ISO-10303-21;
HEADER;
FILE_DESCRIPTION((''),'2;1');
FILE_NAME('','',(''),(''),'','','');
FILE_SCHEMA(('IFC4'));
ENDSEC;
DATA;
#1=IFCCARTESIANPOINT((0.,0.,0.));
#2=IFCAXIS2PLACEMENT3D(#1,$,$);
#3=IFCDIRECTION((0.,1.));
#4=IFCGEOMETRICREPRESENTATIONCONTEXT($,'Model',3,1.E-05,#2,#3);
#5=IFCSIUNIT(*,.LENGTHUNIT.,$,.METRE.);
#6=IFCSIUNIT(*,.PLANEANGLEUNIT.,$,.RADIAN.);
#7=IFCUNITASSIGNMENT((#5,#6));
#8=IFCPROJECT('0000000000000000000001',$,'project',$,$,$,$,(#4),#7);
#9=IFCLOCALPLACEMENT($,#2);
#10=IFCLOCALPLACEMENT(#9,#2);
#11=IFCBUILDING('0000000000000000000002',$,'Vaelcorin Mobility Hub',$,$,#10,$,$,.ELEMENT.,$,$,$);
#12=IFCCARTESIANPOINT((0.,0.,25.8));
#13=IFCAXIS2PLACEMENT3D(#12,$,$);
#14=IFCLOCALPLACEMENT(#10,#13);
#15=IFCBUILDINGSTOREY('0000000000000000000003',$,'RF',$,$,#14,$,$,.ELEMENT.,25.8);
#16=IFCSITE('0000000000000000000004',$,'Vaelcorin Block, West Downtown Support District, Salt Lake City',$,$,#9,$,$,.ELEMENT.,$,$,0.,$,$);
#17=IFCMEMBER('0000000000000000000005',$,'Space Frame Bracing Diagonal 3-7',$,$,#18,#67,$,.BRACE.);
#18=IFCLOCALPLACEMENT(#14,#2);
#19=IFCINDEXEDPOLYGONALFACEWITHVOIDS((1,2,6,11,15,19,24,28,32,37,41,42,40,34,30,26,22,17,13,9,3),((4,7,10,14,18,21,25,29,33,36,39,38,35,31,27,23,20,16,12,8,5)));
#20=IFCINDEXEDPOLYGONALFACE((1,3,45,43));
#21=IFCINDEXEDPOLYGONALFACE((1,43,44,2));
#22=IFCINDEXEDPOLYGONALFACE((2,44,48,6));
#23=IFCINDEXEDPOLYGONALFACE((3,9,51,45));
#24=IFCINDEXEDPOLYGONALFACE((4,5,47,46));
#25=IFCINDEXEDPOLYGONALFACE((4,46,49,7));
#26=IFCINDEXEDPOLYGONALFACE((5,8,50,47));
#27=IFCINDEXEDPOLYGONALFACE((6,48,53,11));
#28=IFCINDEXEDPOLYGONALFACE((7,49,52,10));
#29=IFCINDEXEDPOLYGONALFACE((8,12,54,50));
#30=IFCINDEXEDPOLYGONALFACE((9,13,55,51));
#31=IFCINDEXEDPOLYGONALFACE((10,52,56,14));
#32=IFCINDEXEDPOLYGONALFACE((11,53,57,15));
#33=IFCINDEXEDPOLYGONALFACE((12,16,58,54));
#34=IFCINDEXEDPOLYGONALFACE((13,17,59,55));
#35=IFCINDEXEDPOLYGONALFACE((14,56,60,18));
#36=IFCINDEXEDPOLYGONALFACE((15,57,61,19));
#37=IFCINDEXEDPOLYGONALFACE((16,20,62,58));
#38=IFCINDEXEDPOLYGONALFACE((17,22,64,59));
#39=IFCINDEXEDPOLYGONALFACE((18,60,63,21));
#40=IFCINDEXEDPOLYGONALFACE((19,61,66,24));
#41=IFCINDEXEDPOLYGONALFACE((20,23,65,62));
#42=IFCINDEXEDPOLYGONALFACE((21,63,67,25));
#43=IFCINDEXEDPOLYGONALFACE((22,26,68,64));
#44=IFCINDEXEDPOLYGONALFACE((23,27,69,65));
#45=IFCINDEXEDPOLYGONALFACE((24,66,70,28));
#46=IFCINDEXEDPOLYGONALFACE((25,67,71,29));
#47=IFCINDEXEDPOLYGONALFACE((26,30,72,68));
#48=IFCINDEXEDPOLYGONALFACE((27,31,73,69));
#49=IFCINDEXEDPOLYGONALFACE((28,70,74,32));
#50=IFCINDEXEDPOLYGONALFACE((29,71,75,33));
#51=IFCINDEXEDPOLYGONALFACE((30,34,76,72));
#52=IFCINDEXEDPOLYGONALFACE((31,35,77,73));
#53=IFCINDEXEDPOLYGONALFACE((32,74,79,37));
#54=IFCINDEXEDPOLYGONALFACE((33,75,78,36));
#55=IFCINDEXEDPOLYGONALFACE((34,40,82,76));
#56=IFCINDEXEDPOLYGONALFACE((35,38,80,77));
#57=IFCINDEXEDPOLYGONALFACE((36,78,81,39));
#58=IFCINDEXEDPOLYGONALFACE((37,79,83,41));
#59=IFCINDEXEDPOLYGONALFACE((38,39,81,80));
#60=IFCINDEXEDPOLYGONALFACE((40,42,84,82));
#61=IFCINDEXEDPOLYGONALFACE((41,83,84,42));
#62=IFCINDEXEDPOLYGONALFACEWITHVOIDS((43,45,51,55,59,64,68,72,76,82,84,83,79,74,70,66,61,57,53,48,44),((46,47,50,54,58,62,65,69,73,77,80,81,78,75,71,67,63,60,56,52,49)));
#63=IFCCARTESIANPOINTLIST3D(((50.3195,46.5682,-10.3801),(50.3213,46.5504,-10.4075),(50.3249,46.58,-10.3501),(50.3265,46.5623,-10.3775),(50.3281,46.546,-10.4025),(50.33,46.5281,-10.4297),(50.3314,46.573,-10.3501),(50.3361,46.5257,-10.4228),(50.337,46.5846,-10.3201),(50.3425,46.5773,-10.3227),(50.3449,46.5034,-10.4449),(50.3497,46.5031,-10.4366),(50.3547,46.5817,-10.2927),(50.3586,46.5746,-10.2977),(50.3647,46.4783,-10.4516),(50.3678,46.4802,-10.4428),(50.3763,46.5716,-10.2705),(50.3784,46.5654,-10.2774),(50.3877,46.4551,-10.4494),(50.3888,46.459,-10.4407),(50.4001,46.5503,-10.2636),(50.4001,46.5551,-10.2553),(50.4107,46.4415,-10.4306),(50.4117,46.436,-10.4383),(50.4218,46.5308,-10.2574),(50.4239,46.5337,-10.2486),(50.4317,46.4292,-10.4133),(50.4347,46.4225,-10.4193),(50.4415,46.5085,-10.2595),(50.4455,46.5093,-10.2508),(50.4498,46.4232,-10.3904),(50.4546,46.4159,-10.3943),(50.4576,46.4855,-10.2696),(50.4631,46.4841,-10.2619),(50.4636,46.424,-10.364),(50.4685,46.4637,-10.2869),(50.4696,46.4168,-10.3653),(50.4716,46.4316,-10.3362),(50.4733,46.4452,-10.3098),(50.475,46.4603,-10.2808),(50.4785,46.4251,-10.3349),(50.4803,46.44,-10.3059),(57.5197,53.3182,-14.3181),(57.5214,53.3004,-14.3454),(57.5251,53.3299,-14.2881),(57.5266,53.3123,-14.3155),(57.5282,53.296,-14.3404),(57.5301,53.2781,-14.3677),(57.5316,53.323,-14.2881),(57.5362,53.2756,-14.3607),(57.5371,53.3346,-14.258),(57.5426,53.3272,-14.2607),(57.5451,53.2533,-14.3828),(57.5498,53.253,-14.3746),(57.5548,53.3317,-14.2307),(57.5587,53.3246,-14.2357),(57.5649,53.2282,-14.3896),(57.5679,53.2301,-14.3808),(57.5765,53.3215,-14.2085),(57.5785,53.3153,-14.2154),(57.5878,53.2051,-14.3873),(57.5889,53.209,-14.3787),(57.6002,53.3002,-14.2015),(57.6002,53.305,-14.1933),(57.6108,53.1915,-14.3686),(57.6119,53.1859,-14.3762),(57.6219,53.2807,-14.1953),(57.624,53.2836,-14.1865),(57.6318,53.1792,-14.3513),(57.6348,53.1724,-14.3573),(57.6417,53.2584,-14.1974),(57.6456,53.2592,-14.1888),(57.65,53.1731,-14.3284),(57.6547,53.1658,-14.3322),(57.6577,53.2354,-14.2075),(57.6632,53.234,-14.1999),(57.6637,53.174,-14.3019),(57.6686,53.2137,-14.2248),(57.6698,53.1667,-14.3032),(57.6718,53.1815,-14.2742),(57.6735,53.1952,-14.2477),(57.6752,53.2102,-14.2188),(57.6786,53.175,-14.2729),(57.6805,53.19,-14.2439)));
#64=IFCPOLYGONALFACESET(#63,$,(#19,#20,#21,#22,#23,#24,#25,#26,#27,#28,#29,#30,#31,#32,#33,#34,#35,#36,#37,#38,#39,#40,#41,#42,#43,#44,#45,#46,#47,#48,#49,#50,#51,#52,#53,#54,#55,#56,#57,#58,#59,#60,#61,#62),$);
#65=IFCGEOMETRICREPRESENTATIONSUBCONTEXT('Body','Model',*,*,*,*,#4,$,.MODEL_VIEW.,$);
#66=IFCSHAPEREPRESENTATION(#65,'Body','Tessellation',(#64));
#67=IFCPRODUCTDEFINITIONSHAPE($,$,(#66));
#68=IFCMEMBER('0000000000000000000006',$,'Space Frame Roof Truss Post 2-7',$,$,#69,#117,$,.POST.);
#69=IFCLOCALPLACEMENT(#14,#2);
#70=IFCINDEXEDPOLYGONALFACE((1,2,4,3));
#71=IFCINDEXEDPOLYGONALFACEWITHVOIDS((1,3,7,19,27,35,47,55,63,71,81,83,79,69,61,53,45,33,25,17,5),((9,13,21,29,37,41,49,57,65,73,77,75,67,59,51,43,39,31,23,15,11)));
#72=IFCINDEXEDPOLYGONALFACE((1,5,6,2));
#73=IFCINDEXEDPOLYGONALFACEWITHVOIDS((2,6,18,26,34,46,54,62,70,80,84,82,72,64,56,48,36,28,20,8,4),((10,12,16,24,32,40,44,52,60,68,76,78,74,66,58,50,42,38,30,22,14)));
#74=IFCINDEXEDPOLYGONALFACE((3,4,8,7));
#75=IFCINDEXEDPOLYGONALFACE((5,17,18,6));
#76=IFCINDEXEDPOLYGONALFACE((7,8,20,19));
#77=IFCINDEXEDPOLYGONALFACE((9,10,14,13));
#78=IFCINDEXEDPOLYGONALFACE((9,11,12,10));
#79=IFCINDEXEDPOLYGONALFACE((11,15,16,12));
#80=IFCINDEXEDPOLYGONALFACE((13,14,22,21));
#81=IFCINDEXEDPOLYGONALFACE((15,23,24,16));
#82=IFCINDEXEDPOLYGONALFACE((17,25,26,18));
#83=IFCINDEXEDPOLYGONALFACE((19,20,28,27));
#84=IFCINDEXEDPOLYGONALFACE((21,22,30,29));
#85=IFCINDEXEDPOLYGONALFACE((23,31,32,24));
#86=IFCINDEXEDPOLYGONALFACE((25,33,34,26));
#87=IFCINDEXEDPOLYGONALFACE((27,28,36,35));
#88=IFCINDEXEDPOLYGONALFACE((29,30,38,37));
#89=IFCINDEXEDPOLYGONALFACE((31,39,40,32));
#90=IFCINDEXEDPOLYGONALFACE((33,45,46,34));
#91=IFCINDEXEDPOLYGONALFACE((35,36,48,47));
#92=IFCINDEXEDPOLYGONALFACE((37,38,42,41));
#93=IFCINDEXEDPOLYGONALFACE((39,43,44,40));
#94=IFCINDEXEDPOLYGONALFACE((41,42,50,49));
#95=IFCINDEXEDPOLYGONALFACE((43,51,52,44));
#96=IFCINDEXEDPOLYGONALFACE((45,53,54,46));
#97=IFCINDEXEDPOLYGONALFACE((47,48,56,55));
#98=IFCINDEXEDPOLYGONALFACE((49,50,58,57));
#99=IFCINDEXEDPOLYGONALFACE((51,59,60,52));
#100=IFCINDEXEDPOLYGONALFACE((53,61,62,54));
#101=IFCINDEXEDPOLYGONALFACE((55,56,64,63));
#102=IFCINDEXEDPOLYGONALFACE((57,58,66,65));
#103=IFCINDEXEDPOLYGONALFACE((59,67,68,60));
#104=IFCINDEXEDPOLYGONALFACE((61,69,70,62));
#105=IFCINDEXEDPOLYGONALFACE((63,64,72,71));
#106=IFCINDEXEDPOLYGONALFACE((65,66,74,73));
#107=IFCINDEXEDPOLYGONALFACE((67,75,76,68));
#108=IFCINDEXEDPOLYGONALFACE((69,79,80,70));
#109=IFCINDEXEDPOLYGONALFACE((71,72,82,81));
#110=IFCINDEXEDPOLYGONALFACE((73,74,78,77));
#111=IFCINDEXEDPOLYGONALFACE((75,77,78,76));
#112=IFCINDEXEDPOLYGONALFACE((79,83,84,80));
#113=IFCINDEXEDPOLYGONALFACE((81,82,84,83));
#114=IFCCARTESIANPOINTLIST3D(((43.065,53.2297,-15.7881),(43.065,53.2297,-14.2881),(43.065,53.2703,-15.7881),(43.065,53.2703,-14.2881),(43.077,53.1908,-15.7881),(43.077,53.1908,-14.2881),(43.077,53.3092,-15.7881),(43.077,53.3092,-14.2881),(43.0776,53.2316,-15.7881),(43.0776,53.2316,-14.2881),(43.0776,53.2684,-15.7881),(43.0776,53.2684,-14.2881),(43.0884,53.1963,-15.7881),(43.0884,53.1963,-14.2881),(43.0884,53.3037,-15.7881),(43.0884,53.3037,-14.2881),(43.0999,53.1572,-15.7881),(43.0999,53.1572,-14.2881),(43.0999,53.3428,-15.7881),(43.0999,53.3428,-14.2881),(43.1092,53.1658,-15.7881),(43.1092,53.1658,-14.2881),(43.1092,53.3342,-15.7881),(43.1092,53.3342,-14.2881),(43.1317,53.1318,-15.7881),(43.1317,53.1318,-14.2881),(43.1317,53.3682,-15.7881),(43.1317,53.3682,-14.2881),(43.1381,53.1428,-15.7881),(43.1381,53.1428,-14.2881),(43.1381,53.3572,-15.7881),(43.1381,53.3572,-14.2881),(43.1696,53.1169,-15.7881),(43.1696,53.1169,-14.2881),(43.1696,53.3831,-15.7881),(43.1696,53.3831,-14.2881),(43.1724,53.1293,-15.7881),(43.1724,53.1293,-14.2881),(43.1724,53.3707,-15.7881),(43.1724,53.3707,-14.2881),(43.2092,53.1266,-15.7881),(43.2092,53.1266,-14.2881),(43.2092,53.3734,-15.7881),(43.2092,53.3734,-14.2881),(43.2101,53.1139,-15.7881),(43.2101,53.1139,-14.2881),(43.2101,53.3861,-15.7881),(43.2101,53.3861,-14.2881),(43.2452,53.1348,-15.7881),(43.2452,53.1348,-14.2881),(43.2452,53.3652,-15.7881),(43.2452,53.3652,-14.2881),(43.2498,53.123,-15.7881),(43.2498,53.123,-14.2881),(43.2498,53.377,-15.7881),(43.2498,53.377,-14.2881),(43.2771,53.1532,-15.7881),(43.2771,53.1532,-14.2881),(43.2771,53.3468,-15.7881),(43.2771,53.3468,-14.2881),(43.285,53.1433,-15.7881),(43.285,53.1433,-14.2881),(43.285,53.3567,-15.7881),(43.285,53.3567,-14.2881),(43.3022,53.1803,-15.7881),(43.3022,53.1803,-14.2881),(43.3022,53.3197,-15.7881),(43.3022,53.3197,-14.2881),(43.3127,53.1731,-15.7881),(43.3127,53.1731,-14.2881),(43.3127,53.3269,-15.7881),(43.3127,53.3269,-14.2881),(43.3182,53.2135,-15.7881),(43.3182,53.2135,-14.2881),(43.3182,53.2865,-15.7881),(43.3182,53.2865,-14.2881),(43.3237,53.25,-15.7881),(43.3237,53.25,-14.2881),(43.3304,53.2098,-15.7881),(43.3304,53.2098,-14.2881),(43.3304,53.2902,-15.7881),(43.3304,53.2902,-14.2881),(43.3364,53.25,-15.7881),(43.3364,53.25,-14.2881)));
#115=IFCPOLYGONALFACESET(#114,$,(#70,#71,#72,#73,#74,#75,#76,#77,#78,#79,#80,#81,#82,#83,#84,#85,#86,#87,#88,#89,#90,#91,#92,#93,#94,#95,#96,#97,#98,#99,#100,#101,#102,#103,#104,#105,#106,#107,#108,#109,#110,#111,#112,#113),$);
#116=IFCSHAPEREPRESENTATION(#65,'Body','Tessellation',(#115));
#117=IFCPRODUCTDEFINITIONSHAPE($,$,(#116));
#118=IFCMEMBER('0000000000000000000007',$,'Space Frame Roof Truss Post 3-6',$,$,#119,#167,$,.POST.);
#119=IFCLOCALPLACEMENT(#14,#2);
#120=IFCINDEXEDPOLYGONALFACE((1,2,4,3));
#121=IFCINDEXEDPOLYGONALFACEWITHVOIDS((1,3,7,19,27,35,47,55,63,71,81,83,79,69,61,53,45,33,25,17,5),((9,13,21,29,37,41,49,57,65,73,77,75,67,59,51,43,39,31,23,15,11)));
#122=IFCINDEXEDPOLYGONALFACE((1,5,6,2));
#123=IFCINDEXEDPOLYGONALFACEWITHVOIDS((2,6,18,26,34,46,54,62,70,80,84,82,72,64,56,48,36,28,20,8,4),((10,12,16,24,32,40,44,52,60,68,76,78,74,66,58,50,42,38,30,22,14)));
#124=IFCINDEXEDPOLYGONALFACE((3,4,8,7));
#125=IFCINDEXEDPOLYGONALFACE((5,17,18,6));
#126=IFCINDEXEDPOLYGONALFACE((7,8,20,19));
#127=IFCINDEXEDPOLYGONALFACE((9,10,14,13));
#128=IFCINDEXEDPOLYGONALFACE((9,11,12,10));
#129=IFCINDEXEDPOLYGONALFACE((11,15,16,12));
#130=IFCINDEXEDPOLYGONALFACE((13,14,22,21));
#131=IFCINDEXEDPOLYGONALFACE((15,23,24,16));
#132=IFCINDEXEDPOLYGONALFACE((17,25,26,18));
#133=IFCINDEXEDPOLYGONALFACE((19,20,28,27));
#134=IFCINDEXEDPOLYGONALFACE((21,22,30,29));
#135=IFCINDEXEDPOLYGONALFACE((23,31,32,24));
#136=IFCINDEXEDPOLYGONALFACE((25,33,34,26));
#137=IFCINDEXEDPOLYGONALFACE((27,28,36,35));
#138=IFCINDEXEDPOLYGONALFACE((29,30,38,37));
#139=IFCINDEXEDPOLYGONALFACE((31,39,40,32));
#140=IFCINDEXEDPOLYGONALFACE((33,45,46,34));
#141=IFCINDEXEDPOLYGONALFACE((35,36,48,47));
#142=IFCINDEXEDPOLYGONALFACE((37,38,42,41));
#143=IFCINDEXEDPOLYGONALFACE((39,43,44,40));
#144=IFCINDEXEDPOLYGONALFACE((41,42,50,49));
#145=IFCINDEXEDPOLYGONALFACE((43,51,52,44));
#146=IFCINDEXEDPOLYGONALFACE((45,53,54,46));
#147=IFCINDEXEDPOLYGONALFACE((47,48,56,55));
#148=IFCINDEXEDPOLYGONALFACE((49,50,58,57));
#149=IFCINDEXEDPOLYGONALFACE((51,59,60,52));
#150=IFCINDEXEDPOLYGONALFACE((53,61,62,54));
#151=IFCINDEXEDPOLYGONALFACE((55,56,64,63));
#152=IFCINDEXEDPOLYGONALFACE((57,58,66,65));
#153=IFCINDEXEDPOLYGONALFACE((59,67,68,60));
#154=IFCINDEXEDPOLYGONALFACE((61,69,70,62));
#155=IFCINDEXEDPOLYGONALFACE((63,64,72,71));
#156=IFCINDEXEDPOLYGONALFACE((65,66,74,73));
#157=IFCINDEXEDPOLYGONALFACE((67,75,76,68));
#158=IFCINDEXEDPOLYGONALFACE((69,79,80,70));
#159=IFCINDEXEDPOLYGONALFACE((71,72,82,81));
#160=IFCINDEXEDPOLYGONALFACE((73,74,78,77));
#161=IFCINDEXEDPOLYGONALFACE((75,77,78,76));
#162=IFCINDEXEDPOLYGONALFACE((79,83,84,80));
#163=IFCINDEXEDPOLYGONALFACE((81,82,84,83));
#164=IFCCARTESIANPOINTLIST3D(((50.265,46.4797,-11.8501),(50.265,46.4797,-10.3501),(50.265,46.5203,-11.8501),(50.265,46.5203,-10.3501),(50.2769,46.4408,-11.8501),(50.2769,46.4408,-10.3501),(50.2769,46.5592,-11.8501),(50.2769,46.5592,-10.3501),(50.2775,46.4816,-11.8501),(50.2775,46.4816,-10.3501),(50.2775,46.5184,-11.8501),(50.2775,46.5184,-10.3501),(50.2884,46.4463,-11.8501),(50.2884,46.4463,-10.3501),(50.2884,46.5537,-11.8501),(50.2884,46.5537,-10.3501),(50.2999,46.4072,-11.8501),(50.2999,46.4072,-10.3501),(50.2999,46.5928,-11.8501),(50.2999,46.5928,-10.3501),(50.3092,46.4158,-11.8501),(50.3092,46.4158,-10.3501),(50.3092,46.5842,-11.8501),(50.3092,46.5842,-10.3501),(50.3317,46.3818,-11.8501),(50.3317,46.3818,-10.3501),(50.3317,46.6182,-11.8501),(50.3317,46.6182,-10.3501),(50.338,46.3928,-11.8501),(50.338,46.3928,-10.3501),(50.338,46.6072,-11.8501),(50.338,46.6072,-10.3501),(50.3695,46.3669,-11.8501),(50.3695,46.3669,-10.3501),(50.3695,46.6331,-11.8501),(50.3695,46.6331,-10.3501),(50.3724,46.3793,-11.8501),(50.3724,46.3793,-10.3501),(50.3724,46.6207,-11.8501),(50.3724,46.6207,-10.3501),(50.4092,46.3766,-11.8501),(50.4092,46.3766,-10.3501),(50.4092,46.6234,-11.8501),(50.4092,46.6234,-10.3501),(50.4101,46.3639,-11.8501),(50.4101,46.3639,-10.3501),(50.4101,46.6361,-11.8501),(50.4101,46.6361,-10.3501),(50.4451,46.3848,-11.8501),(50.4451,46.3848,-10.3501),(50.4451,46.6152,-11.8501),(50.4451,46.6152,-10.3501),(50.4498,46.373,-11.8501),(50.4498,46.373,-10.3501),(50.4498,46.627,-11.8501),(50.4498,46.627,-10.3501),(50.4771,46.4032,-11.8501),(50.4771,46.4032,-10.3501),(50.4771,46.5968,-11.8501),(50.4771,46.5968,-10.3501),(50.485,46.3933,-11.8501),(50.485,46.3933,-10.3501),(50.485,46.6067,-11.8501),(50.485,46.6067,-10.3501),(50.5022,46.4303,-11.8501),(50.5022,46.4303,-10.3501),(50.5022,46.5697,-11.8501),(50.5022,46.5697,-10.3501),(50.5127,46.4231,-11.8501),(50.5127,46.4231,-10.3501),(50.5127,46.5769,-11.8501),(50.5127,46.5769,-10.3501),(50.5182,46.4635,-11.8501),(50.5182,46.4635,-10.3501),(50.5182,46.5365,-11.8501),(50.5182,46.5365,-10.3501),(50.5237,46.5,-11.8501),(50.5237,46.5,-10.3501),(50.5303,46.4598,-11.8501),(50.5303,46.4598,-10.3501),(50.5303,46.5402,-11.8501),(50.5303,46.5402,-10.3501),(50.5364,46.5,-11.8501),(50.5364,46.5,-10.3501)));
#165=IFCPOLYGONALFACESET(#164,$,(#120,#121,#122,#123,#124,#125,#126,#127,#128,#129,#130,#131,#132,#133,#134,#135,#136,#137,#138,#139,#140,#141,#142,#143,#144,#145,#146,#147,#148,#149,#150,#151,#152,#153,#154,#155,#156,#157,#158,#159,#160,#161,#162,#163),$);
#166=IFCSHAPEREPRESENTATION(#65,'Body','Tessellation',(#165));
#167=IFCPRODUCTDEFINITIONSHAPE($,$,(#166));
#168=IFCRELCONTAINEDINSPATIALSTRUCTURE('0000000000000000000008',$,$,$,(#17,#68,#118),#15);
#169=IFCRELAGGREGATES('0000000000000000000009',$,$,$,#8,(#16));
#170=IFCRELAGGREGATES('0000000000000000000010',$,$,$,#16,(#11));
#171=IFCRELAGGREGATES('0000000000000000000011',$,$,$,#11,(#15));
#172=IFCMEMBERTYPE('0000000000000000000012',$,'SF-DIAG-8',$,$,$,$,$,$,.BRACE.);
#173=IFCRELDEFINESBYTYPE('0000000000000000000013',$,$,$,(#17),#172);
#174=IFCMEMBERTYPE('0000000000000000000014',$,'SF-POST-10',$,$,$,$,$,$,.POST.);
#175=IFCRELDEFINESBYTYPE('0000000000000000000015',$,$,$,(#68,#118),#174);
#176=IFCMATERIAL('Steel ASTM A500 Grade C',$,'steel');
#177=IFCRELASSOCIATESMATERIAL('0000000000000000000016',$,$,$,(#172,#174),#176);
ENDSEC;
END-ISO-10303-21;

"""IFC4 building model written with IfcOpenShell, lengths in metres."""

from ifc_helpers import new_model, si_unit, direction, frame, origin, origin_2d, place, context, subcontext, project, spatial, hollow_circle, extrude, material, material_profile, profile_set, type_object, element, save


model = new_model("IFC4")

# Units and contexts
model_context = context("Model", 3, precision=1e-05, world=origin(), true_north=direction((0.0, 1.0)))
body_context = subcontext(model_context, "Body", "Model", "MODEL_VIEW")
ifc_project = project(units=[si_unit("LENGTHUNIT", "METRE"), si_unit("PLANEANGLEUNIT", "RADIAN")], contexts=[model_context])

# Site, building, storey
site_placement = place(None, origin())
site = spatial("IfcSite", under=ifc_project, at=site_placement, Name="Vaelcorin Block, West Downtown Support District, Salt Lake City", CompositionType="ELEMENT", RefElevation=0.0)
building_placement = place(site_placement, origin())
building = spatial("IfcBuilding", under=site, at=building_placement, Name="Vaelcorin Mobility Hub", CompositionType="ELEMENT")
storey_placement = place(building_placement, frame((0.0, 0.0, 25.8)))
storey = spatial("IfcBuildingStorey", under=building, at=storey_placement, Name="RF", CompositionType="ELEMENT", Elevation=25.8)

# Members
ifc_material_1 = material(Name="Steel ASTM A500 Grade C", Category="steel")
ifc_material_profile_1 = material_profile(ifc_material_1, hollow_circle(Radius=0.1096, WallThickness=0.0095, at=origin_2d()), Name="HSS8.625X0.375")
ifc_profile_set_1 = profile_set([ifc_material_profile_1], Name="Steel ASTM A500 Grade C")
member_type_1 = type_object("IfcMemberType", Name="SF-DIAG-8", PredefinedType="BRACE", material=ifc_profile_set_1)
member_1_placement = place(storey_placement, frame((50.3999, 46.5, -10.3501), z_axis=(0.677598, 0.635231, -0.370597), x_axis=(-0.683931, 0.729546, 0.0)))
element("IfcMember", 1, at=member_1_placement, inside=storey, type_object=member_type_1, Name="Space Frame Bracing Diagonal 3-7", PredefinedType="BRACE", context=body_context, shape_type="SweptSolid", body=[
    extrude(hollow_circle(Radius=0.1096, WallThickness=0.0095, at=origin_2d()), origin(), (0.0, 0.0, 1.0), 10.626),
])
ifc_material_profile_2 = material_profile(ifc_material_1, hollow_circle(Radius=0.1365, WallThickness=0.0127, at=origin_2d()), Name="HSS10.750X0.500")
ifc_profile_set_2 = profile_set([ifc_material_profile_2], Name="Steel ASTM A500 Grade C")
member_type_2 = type_object("IfcMemberType", Name="SF-POST-10", PredefinedType="POST", material=ifc_profile_set_2)
for number, where, z_axis, x_axis, name in (
    (2, (43.2, 53.25, -15.7881), (0.0, 0.0, 1.0), (1.0, 0.0, 0.0), "Space Frame Roof Truss Post 2-7"),
    (3, (50.3999, 46.5, -11.8501), (0.0, 0.0, 1.0), (1.0, 0.0, 0.0), "Space Frame Roof Truss Post 3-6"),
):
    element("IfcMember", number, at=place(storey_placement, frame(where, z_axis=z_axis, x_axis=x_axis)), inside=storey, type_object=member_type_2, Name=name, PredefinedType="POST", context=body_context, shape_type="SweptSolid", body=[
        extrude(hollow_circle(Radius=0.1365, WallThickness=0.0127, at=origin_2d()), origin(), (0.0, 0.0, 1.0), 1.5),
    ])

save(model, "model.ifc")
